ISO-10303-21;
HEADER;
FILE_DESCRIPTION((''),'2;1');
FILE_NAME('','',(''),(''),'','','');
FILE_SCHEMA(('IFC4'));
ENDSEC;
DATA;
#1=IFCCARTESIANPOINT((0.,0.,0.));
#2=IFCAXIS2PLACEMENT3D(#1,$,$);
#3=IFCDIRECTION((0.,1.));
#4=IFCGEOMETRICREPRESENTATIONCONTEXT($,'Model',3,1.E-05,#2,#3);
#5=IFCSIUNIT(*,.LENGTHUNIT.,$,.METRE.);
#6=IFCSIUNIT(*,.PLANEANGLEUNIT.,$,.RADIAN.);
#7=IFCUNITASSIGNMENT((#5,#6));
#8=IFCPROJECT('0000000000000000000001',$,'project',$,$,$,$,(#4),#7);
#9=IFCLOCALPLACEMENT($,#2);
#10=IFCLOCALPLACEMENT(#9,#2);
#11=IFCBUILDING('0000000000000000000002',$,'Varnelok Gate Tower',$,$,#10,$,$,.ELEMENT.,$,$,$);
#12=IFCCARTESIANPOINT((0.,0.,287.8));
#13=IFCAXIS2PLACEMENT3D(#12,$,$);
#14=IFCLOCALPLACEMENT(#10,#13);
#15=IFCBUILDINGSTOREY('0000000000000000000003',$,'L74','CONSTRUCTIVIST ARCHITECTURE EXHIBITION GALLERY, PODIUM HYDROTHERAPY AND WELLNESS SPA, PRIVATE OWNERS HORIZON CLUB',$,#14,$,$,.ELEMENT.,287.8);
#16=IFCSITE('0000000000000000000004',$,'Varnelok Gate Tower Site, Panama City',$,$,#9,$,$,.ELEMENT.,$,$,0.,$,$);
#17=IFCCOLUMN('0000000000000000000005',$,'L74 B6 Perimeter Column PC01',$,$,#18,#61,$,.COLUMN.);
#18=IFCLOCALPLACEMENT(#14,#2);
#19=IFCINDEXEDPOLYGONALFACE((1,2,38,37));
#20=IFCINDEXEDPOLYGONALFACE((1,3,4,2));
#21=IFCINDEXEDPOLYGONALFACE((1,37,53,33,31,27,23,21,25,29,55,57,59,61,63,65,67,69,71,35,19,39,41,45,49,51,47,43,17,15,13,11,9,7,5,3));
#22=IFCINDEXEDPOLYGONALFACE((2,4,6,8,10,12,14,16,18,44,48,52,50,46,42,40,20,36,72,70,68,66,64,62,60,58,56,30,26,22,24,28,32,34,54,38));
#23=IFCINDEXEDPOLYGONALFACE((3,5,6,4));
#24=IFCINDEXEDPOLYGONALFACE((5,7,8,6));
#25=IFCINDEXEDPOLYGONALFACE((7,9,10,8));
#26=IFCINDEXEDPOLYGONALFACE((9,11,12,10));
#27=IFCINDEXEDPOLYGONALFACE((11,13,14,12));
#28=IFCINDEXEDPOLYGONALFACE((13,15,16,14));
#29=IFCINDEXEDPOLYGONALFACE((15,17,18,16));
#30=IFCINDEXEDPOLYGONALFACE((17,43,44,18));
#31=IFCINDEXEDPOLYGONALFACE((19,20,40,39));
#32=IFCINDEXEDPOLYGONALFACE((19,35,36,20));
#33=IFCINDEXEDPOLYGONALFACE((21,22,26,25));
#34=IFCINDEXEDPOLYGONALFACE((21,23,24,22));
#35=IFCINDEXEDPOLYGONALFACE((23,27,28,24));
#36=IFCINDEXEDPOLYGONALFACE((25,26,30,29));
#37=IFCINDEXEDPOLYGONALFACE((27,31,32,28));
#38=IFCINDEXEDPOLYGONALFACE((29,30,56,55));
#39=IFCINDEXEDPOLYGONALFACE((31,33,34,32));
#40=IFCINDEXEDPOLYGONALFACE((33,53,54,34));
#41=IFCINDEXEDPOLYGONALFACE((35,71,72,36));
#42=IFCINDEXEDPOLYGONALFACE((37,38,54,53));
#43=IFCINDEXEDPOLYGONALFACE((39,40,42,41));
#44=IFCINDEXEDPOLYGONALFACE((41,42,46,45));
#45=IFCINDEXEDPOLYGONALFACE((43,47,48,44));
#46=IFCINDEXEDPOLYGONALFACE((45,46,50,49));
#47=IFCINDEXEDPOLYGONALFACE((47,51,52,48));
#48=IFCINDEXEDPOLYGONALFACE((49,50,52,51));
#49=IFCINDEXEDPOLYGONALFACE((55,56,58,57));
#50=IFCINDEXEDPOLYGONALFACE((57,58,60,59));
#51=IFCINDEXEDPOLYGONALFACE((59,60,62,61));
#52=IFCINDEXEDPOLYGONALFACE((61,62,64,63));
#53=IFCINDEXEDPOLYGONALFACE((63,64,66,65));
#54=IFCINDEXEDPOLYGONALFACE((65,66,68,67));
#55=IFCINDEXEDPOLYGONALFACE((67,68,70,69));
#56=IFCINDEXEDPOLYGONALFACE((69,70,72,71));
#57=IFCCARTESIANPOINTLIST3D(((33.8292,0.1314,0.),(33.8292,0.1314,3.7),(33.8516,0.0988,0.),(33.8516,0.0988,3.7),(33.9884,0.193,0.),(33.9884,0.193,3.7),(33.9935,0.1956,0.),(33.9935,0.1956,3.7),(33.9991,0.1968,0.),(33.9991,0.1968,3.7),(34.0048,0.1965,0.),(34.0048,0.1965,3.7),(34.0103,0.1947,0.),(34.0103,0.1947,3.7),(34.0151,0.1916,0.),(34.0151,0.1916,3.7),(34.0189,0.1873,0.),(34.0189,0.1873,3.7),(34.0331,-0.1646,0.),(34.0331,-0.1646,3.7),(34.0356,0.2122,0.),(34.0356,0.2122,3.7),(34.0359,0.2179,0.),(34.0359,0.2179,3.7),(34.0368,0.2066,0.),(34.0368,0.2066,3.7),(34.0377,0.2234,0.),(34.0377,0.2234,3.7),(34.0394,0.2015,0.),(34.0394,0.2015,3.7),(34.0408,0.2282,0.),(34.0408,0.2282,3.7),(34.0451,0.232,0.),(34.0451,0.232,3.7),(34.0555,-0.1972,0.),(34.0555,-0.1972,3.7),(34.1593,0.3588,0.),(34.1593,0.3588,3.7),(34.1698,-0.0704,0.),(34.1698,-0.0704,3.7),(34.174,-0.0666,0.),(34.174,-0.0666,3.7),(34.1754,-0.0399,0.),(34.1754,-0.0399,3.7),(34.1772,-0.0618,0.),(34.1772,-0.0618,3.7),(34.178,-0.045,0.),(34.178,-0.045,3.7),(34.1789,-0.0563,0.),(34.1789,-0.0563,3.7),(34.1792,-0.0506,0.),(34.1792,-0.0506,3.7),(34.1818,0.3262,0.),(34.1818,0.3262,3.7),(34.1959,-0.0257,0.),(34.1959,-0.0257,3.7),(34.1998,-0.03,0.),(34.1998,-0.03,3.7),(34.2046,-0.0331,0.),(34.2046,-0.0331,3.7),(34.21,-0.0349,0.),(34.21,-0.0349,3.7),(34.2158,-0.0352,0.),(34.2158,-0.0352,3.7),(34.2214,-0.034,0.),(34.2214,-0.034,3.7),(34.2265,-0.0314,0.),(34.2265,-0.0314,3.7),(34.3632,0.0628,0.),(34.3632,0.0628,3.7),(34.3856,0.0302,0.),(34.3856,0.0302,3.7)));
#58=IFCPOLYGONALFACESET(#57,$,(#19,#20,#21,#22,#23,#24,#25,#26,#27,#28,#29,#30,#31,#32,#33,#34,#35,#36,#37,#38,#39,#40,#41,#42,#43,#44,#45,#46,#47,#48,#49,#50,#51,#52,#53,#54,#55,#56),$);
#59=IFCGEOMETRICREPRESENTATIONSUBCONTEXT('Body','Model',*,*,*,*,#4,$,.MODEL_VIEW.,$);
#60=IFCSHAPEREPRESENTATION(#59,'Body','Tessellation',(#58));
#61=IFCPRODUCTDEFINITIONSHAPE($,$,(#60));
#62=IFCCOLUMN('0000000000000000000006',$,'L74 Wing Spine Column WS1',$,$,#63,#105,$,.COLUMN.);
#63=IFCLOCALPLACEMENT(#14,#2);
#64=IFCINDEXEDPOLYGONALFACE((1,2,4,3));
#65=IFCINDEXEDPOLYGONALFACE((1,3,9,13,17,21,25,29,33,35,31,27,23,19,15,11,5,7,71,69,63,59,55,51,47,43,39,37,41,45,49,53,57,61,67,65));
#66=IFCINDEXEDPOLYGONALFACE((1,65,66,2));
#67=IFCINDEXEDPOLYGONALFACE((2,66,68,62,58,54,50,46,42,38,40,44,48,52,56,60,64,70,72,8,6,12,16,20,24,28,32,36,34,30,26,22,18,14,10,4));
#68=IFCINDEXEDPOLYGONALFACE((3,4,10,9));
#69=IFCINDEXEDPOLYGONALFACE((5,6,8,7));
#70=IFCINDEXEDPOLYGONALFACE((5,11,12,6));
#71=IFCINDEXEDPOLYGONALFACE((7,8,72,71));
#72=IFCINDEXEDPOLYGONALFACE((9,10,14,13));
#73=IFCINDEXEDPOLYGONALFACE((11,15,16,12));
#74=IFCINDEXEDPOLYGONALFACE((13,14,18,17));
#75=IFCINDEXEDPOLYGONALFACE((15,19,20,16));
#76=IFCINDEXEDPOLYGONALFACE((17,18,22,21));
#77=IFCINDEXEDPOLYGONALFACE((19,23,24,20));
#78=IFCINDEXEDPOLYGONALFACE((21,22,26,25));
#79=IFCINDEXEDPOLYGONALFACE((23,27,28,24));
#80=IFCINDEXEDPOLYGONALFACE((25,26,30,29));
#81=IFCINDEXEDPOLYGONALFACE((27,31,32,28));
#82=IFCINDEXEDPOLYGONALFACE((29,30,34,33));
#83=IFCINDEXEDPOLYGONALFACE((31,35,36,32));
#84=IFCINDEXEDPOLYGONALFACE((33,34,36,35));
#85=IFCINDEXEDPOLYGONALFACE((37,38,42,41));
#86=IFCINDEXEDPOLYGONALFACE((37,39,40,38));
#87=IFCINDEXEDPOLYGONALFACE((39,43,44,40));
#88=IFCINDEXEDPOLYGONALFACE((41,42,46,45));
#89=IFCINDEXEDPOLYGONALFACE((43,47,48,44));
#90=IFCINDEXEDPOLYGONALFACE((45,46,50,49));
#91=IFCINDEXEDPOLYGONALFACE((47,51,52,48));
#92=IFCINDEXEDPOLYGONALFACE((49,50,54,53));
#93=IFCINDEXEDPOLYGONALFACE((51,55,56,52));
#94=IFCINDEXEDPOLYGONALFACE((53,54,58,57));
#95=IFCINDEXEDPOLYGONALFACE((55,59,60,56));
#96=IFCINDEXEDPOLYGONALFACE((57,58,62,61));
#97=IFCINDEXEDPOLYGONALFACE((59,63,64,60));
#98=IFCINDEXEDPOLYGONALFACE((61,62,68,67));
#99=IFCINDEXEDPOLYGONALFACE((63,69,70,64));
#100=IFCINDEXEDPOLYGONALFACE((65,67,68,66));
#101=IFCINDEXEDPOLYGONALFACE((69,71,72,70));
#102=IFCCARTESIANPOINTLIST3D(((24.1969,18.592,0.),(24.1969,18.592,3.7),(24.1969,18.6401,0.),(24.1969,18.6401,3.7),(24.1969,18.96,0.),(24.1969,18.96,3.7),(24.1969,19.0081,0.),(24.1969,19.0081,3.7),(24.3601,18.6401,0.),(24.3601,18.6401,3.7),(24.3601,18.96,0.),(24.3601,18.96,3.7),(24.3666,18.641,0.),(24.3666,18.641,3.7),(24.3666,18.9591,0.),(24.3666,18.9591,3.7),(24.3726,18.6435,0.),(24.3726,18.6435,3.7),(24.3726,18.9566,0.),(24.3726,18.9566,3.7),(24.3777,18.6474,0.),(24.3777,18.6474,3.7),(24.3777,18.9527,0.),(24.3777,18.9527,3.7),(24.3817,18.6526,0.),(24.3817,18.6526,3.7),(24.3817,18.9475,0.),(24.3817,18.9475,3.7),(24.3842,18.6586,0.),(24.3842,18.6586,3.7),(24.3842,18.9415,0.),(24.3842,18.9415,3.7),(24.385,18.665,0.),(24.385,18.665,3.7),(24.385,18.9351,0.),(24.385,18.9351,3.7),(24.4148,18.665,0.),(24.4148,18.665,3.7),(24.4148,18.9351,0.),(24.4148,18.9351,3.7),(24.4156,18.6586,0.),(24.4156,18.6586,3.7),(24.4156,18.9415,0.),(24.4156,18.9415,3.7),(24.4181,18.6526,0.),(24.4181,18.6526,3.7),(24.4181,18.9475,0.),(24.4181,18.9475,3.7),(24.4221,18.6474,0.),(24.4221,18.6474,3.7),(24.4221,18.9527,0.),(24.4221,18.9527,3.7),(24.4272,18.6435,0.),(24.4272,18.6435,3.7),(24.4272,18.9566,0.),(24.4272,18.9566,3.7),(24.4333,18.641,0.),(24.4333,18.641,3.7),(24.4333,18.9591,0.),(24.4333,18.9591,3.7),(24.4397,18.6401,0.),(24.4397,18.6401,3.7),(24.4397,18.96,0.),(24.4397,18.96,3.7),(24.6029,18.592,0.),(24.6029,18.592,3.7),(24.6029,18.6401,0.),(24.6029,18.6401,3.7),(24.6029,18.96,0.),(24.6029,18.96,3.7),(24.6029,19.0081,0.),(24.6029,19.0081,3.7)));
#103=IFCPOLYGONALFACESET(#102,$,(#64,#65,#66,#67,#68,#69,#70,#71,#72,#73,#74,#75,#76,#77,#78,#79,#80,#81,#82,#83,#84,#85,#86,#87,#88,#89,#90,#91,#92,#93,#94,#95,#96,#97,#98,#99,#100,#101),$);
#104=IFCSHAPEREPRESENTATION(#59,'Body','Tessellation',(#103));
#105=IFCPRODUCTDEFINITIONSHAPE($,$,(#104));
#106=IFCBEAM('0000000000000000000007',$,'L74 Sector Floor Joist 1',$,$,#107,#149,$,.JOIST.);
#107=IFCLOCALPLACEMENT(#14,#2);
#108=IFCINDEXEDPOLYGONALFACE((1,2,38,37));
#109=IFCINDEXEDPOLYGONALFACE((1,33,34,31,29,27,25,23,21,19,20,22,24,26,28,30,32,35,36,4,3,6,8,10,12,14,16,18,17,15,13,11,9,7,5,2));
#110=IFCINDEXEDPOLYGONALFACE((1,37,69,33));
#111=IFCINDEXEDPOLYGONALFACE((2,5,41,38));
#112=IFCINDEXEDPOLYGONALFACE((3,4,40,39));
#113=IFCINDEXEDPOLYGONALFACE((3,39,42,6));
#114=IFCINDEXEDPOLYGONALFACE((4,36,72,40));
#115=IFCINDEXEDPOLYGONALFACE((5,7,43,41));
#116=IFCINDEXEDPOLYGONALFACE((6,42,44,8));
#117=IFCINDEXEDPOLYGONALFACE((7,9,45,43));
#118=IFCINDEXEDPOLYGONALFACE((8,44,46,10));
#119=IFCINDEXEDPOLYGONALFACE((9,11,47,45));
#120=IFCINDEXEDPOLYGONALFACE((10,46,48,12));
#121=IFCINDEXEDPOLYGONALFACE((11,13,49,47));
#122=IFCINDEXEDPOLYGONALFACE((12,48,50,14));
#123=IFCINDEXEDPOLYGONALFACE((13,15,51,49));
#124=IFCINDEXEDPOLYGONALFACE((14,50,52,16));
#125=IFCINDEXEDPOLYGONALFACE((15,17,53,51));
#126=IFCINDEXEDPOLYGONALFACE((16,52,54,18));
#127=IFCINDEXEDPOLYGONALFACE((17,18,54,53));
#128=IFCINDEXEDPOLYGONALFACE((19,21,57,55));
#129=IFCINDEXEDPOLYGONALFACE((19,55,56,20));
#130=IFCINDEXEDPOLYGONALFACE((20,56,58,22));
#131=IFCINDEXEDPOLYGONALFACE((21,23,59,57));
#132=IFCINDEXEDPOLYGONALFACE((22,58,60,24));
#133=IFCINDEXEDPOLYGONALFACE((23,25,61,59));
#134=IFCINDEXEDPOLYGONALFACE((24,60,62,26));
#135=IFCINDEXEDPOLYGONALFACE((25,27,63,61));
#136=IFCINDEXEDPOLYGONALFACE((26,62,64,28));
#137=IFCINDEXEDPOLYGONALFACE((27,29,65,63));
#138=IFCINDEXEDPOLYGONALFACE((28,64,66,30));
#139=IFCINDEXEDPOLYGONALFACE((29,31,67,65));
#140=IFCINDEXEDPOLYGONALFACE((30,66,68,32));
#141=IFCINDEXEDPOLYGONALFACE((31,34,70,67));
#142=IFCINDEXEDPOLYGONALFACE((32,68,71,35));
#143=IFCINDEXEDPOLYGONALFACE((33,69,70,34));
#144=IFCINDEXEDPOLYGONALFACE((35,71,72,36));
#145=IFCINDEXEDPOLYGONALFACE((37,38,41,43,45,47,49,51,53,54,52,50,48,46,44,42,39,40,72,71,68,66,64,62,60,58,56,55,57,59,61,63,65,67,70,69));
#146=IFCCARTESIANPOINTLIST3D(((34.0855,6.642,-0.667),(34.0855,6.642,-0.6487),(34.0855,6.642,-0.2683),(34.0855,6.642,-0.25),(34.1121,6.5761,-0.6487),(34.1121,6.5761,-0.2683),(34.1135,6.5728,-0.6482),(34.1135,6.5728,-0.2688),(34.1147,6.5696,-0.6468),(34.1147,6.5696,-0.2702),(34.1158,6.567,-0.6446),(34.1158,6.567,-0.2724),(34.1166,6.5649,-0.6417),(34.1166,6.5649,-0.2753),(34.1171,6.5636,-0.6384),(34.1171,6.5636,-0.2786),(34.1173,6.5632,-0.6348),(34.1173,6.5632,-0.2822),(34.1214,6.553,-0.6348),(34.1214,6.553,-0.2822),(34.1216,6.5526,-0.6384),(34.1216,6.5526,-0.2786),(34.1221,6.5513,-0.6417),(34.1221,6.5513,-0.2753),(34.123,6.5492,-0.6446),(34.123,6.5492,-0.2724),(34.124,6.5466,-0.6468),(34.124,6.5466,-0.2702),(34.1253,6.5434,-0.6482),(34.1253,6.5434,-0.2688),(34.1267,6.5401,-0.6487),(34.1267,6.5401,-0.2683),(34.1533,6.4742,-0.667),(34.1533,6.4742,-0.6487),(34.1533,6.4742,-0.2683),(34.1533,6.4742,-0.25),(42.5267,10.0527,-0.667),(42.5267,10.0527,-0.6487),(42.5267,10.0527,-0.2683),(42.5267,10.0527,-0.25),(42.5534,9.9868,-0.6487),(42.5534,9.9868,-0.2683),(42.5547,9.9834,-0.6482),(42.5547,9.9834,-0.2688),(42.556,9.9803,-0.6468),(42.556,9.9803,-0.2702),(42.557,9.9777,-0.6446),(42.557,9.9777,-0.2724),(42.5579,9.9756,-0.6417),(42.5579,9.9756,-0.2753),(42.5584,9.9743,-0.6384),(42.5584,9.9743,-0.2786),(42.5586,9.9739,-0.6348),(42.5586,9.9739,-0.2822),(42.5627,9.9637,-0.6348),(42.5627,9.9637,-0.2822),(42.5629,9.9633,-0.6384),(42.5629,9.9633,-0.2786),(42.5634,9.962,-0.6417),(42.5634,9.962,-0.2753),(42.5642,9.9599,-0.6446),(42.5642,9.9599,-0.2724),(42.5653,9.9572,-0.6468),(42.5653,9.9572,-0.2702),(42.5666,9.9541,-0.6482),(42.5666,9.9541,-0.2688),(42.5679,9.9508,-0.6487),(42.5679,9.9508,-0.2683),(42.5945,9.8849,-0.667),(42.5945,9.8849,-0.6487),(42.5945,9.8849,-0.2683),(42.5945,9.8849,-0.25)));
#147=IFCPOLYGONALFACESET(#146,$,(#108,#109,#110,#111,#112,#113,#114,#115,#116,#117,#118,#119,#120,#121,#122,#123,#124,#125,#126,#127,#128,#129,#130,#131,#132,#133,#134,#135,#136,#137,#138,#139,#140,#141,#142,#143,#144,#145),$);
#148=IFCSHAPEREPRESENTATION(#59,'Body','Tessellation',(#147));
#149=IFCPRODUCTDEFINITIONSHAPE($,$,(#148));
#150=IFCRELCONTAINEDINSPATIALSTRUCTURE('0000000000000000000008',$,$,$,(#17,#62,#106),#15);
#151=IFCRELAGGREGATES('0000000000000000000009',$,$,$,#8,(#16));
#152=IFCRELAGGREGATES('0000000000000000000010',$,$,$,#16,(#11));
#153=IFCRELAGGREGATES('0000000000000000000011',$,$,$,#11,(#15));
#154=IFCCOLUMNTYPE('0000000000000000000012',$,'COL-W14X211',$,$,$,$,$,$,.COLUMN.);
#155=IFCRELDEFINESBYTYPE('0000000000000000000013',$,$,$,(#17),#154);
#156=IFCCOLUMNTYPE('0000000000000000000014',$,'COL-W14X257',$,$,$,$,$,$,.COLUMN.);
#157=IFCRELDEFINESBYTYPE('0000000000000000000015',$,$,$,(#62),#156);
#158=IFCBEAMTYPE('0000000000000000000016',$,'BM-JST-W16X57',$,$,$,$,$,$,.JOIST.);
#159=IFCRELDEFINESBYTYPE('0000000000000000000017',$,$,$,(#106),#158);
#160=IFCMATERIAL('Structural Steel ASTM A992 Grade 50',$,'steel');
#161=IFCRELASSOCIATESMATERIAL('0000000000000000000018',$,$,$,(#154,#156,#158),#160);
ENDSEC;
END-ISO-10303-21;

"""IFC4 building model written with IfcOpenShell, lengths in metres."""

from ifc_helpers import new_model, si_unit, direction, frame, origin, origin_2d, place, context, subcontext, project, spatial, i_section, extrude, material, material_profile, profile_set, type_object, element, save


model = new_model("IFC4")

# Units and contexts
model_context = context("Model", 3, precision=1e-05, world=origin(), true_north=direction((0.0, 1.0)))
body_context = subcontext(model_context, "Body", "Model", "MODEL_VIEW")
ifc_project = project(units=[si_unit("LENGTHUNIT", "METRE"), si_unit("PLANEANGLEUNIT", "RADIAN")], contexts=[model_context])

# Site, building, storey
site_placement = place(None, origin())
site = spatial("IfcSite", under=ifc_project, at=site_placement, Name="Varnelok Gate Tower Site, Panama City", CompositionType="ELEMENT", RefElevation=0.0)
building_placement = place(site_placement, origin())
building = spatial("IfcBuilding", under=site, at=building_placement, Name="Varnelok Gate Tower", CompositionType="ELEMENT")
storey_placement = place(building_placement, frame((0.0, 0.0, 287.8)))
storey = spatial("IfcBuildingStorey", under=building, at=storey_placement, Name="L74", Description="CONSTRUCTIVIST ARCHITECTURE EXHIBITION GALLERY, PODIUM HYDROTHERAPY AND WELLNESS SPA, PRIVATE OWNERS HORIZON CLUB", CompositionType="ELEMENT", Elevation=287.8)

# Columns
ifc_material_1 = material(Name="Structural Steel ASTM A992 Grade 50", Category="steel")
ifc_material_profile_1 = material_profile(ifc_material_1, i_section(OverallWidth=0.4009, OverallDepth=0.3989, WebThickness=0.0249, FlangeThickness=0.0396, FilletRadius=0.022, at=origin_2d()), Name="W14X211")
ifc_profile_set_1 = profile_set([ifc_material_profile_1], Name="Structural Steel ASTM A992 Grade 50")
column_type_1 = type_object("IfcColumnType", Name="COL-W14X211", PredefinedType="COLUMN", material=ifc_profile_set_1)
column_1_placement = place(storey_placement, frame((34.1074, 0.0808, 0.0), z_axis=(0.0, 0.0, 1.0), x_axis=(0.823533, 0.567269, 0.0)))
element("IfcColumn", 1, at=column_1_placement, inside=storey, type_object=column_type_1, Name="L74 B6 Perimeter Column PC01", PredefinedType="COLUMN", context=body_context, shape_type="SweptSolid", body=[
    extrude(i_section(OverallWidth=0.4009, OverallDepth=0.3989, WebThickness=0.0249, FlangeThickness=0.0396, FilletRadius=0.022, at=origin_2d()), origin(), (0.0, 0.0, 1.0), 3.7),
])
ifc_material_profile_2 = material_profile(ifc_material_1, i_section(OverallWidth=0.406, OverallDepth=0.416, WebThickness=0.0298, FlangeThickness=0.0481, FilletRadius=0.0249, at=origin_2d()), Name="W14X257")
ifc_profile_set_2 = profile_set([ifc_material_profile_2], Name="Structural Steel ASTM A992 Grade 50")
column_type_2 = type_object("IfcColumnType", Name="COL-W14X257", PredefinedType="COLUMN", material=ifc_profile_set_2)
column_2_placement = place(storey_placement, frame((24.3999, 18.8, 0.0), z_axis=(0.0, 0.0, 1.0), x_axis=(1.0, 0.0, 0.0)))
element("IfcColumn", 2, at=column_2_placement, inside=storey, type_object=column_type_2, Name="L74 Wing Spine Column WS1", PredefinedType="COLUMN", context=body_context, shape_type="SweptSolid", body=[
    extrude(i_section(OverallWidth=0.406, OverallDepth=0.416, WebThickness=0.0298, FlangeThickness=0.0481, FilletRadius=0.0249, at=origin_2d()), origin(), (0.0, 0.0, 1.0), 3.7),
])

# Beam
ifc_material_profile_3 = material_profile(ifc_material_1, i_section(OverallWidth=0.1809, OverallDepth=0.417, WebThickness=0.011, FlangeThickness=0.0183, FilletRadius=0.0139, at=origin_2d()), Name="W16X57")
ifc_profile_set_3 = profile_set([ifc_material_profile_3], Name="Structural Steel ASTM A992 Grade 50")
beam_type_1 = type_object("IfcBeamType", Name="BM-JST-W16X57", PredefinedType="JOIST", material=ifc_profile_set_3)
beam_1_placement = place(storey_placement, frame((34.1194, 6.5581, -0.4585), z_axis=(0.927176, 0.374625, 0.0), x_axis=(-0.374625, 0.927176, 0.0)))
element("IfcBeam", 3, at=beam_1_placement, inside=storey, type_object=beam_type_1, Name="L74 Sector Floor Joist 1", PredefinedType="JOIST", context=body_context, shape_type="SweptSolid", body=[
    extrude(i_section(OverallWidth=0.1809, OverallDepth=0.417, WebThickness=0.011, FlangeThickness=0.0183, FilletRadius=0.0139, at=origin_2d()), origin(), (0.0, 0.0, 1.0), 9.1042),
])

save(model, "model.ifc")
